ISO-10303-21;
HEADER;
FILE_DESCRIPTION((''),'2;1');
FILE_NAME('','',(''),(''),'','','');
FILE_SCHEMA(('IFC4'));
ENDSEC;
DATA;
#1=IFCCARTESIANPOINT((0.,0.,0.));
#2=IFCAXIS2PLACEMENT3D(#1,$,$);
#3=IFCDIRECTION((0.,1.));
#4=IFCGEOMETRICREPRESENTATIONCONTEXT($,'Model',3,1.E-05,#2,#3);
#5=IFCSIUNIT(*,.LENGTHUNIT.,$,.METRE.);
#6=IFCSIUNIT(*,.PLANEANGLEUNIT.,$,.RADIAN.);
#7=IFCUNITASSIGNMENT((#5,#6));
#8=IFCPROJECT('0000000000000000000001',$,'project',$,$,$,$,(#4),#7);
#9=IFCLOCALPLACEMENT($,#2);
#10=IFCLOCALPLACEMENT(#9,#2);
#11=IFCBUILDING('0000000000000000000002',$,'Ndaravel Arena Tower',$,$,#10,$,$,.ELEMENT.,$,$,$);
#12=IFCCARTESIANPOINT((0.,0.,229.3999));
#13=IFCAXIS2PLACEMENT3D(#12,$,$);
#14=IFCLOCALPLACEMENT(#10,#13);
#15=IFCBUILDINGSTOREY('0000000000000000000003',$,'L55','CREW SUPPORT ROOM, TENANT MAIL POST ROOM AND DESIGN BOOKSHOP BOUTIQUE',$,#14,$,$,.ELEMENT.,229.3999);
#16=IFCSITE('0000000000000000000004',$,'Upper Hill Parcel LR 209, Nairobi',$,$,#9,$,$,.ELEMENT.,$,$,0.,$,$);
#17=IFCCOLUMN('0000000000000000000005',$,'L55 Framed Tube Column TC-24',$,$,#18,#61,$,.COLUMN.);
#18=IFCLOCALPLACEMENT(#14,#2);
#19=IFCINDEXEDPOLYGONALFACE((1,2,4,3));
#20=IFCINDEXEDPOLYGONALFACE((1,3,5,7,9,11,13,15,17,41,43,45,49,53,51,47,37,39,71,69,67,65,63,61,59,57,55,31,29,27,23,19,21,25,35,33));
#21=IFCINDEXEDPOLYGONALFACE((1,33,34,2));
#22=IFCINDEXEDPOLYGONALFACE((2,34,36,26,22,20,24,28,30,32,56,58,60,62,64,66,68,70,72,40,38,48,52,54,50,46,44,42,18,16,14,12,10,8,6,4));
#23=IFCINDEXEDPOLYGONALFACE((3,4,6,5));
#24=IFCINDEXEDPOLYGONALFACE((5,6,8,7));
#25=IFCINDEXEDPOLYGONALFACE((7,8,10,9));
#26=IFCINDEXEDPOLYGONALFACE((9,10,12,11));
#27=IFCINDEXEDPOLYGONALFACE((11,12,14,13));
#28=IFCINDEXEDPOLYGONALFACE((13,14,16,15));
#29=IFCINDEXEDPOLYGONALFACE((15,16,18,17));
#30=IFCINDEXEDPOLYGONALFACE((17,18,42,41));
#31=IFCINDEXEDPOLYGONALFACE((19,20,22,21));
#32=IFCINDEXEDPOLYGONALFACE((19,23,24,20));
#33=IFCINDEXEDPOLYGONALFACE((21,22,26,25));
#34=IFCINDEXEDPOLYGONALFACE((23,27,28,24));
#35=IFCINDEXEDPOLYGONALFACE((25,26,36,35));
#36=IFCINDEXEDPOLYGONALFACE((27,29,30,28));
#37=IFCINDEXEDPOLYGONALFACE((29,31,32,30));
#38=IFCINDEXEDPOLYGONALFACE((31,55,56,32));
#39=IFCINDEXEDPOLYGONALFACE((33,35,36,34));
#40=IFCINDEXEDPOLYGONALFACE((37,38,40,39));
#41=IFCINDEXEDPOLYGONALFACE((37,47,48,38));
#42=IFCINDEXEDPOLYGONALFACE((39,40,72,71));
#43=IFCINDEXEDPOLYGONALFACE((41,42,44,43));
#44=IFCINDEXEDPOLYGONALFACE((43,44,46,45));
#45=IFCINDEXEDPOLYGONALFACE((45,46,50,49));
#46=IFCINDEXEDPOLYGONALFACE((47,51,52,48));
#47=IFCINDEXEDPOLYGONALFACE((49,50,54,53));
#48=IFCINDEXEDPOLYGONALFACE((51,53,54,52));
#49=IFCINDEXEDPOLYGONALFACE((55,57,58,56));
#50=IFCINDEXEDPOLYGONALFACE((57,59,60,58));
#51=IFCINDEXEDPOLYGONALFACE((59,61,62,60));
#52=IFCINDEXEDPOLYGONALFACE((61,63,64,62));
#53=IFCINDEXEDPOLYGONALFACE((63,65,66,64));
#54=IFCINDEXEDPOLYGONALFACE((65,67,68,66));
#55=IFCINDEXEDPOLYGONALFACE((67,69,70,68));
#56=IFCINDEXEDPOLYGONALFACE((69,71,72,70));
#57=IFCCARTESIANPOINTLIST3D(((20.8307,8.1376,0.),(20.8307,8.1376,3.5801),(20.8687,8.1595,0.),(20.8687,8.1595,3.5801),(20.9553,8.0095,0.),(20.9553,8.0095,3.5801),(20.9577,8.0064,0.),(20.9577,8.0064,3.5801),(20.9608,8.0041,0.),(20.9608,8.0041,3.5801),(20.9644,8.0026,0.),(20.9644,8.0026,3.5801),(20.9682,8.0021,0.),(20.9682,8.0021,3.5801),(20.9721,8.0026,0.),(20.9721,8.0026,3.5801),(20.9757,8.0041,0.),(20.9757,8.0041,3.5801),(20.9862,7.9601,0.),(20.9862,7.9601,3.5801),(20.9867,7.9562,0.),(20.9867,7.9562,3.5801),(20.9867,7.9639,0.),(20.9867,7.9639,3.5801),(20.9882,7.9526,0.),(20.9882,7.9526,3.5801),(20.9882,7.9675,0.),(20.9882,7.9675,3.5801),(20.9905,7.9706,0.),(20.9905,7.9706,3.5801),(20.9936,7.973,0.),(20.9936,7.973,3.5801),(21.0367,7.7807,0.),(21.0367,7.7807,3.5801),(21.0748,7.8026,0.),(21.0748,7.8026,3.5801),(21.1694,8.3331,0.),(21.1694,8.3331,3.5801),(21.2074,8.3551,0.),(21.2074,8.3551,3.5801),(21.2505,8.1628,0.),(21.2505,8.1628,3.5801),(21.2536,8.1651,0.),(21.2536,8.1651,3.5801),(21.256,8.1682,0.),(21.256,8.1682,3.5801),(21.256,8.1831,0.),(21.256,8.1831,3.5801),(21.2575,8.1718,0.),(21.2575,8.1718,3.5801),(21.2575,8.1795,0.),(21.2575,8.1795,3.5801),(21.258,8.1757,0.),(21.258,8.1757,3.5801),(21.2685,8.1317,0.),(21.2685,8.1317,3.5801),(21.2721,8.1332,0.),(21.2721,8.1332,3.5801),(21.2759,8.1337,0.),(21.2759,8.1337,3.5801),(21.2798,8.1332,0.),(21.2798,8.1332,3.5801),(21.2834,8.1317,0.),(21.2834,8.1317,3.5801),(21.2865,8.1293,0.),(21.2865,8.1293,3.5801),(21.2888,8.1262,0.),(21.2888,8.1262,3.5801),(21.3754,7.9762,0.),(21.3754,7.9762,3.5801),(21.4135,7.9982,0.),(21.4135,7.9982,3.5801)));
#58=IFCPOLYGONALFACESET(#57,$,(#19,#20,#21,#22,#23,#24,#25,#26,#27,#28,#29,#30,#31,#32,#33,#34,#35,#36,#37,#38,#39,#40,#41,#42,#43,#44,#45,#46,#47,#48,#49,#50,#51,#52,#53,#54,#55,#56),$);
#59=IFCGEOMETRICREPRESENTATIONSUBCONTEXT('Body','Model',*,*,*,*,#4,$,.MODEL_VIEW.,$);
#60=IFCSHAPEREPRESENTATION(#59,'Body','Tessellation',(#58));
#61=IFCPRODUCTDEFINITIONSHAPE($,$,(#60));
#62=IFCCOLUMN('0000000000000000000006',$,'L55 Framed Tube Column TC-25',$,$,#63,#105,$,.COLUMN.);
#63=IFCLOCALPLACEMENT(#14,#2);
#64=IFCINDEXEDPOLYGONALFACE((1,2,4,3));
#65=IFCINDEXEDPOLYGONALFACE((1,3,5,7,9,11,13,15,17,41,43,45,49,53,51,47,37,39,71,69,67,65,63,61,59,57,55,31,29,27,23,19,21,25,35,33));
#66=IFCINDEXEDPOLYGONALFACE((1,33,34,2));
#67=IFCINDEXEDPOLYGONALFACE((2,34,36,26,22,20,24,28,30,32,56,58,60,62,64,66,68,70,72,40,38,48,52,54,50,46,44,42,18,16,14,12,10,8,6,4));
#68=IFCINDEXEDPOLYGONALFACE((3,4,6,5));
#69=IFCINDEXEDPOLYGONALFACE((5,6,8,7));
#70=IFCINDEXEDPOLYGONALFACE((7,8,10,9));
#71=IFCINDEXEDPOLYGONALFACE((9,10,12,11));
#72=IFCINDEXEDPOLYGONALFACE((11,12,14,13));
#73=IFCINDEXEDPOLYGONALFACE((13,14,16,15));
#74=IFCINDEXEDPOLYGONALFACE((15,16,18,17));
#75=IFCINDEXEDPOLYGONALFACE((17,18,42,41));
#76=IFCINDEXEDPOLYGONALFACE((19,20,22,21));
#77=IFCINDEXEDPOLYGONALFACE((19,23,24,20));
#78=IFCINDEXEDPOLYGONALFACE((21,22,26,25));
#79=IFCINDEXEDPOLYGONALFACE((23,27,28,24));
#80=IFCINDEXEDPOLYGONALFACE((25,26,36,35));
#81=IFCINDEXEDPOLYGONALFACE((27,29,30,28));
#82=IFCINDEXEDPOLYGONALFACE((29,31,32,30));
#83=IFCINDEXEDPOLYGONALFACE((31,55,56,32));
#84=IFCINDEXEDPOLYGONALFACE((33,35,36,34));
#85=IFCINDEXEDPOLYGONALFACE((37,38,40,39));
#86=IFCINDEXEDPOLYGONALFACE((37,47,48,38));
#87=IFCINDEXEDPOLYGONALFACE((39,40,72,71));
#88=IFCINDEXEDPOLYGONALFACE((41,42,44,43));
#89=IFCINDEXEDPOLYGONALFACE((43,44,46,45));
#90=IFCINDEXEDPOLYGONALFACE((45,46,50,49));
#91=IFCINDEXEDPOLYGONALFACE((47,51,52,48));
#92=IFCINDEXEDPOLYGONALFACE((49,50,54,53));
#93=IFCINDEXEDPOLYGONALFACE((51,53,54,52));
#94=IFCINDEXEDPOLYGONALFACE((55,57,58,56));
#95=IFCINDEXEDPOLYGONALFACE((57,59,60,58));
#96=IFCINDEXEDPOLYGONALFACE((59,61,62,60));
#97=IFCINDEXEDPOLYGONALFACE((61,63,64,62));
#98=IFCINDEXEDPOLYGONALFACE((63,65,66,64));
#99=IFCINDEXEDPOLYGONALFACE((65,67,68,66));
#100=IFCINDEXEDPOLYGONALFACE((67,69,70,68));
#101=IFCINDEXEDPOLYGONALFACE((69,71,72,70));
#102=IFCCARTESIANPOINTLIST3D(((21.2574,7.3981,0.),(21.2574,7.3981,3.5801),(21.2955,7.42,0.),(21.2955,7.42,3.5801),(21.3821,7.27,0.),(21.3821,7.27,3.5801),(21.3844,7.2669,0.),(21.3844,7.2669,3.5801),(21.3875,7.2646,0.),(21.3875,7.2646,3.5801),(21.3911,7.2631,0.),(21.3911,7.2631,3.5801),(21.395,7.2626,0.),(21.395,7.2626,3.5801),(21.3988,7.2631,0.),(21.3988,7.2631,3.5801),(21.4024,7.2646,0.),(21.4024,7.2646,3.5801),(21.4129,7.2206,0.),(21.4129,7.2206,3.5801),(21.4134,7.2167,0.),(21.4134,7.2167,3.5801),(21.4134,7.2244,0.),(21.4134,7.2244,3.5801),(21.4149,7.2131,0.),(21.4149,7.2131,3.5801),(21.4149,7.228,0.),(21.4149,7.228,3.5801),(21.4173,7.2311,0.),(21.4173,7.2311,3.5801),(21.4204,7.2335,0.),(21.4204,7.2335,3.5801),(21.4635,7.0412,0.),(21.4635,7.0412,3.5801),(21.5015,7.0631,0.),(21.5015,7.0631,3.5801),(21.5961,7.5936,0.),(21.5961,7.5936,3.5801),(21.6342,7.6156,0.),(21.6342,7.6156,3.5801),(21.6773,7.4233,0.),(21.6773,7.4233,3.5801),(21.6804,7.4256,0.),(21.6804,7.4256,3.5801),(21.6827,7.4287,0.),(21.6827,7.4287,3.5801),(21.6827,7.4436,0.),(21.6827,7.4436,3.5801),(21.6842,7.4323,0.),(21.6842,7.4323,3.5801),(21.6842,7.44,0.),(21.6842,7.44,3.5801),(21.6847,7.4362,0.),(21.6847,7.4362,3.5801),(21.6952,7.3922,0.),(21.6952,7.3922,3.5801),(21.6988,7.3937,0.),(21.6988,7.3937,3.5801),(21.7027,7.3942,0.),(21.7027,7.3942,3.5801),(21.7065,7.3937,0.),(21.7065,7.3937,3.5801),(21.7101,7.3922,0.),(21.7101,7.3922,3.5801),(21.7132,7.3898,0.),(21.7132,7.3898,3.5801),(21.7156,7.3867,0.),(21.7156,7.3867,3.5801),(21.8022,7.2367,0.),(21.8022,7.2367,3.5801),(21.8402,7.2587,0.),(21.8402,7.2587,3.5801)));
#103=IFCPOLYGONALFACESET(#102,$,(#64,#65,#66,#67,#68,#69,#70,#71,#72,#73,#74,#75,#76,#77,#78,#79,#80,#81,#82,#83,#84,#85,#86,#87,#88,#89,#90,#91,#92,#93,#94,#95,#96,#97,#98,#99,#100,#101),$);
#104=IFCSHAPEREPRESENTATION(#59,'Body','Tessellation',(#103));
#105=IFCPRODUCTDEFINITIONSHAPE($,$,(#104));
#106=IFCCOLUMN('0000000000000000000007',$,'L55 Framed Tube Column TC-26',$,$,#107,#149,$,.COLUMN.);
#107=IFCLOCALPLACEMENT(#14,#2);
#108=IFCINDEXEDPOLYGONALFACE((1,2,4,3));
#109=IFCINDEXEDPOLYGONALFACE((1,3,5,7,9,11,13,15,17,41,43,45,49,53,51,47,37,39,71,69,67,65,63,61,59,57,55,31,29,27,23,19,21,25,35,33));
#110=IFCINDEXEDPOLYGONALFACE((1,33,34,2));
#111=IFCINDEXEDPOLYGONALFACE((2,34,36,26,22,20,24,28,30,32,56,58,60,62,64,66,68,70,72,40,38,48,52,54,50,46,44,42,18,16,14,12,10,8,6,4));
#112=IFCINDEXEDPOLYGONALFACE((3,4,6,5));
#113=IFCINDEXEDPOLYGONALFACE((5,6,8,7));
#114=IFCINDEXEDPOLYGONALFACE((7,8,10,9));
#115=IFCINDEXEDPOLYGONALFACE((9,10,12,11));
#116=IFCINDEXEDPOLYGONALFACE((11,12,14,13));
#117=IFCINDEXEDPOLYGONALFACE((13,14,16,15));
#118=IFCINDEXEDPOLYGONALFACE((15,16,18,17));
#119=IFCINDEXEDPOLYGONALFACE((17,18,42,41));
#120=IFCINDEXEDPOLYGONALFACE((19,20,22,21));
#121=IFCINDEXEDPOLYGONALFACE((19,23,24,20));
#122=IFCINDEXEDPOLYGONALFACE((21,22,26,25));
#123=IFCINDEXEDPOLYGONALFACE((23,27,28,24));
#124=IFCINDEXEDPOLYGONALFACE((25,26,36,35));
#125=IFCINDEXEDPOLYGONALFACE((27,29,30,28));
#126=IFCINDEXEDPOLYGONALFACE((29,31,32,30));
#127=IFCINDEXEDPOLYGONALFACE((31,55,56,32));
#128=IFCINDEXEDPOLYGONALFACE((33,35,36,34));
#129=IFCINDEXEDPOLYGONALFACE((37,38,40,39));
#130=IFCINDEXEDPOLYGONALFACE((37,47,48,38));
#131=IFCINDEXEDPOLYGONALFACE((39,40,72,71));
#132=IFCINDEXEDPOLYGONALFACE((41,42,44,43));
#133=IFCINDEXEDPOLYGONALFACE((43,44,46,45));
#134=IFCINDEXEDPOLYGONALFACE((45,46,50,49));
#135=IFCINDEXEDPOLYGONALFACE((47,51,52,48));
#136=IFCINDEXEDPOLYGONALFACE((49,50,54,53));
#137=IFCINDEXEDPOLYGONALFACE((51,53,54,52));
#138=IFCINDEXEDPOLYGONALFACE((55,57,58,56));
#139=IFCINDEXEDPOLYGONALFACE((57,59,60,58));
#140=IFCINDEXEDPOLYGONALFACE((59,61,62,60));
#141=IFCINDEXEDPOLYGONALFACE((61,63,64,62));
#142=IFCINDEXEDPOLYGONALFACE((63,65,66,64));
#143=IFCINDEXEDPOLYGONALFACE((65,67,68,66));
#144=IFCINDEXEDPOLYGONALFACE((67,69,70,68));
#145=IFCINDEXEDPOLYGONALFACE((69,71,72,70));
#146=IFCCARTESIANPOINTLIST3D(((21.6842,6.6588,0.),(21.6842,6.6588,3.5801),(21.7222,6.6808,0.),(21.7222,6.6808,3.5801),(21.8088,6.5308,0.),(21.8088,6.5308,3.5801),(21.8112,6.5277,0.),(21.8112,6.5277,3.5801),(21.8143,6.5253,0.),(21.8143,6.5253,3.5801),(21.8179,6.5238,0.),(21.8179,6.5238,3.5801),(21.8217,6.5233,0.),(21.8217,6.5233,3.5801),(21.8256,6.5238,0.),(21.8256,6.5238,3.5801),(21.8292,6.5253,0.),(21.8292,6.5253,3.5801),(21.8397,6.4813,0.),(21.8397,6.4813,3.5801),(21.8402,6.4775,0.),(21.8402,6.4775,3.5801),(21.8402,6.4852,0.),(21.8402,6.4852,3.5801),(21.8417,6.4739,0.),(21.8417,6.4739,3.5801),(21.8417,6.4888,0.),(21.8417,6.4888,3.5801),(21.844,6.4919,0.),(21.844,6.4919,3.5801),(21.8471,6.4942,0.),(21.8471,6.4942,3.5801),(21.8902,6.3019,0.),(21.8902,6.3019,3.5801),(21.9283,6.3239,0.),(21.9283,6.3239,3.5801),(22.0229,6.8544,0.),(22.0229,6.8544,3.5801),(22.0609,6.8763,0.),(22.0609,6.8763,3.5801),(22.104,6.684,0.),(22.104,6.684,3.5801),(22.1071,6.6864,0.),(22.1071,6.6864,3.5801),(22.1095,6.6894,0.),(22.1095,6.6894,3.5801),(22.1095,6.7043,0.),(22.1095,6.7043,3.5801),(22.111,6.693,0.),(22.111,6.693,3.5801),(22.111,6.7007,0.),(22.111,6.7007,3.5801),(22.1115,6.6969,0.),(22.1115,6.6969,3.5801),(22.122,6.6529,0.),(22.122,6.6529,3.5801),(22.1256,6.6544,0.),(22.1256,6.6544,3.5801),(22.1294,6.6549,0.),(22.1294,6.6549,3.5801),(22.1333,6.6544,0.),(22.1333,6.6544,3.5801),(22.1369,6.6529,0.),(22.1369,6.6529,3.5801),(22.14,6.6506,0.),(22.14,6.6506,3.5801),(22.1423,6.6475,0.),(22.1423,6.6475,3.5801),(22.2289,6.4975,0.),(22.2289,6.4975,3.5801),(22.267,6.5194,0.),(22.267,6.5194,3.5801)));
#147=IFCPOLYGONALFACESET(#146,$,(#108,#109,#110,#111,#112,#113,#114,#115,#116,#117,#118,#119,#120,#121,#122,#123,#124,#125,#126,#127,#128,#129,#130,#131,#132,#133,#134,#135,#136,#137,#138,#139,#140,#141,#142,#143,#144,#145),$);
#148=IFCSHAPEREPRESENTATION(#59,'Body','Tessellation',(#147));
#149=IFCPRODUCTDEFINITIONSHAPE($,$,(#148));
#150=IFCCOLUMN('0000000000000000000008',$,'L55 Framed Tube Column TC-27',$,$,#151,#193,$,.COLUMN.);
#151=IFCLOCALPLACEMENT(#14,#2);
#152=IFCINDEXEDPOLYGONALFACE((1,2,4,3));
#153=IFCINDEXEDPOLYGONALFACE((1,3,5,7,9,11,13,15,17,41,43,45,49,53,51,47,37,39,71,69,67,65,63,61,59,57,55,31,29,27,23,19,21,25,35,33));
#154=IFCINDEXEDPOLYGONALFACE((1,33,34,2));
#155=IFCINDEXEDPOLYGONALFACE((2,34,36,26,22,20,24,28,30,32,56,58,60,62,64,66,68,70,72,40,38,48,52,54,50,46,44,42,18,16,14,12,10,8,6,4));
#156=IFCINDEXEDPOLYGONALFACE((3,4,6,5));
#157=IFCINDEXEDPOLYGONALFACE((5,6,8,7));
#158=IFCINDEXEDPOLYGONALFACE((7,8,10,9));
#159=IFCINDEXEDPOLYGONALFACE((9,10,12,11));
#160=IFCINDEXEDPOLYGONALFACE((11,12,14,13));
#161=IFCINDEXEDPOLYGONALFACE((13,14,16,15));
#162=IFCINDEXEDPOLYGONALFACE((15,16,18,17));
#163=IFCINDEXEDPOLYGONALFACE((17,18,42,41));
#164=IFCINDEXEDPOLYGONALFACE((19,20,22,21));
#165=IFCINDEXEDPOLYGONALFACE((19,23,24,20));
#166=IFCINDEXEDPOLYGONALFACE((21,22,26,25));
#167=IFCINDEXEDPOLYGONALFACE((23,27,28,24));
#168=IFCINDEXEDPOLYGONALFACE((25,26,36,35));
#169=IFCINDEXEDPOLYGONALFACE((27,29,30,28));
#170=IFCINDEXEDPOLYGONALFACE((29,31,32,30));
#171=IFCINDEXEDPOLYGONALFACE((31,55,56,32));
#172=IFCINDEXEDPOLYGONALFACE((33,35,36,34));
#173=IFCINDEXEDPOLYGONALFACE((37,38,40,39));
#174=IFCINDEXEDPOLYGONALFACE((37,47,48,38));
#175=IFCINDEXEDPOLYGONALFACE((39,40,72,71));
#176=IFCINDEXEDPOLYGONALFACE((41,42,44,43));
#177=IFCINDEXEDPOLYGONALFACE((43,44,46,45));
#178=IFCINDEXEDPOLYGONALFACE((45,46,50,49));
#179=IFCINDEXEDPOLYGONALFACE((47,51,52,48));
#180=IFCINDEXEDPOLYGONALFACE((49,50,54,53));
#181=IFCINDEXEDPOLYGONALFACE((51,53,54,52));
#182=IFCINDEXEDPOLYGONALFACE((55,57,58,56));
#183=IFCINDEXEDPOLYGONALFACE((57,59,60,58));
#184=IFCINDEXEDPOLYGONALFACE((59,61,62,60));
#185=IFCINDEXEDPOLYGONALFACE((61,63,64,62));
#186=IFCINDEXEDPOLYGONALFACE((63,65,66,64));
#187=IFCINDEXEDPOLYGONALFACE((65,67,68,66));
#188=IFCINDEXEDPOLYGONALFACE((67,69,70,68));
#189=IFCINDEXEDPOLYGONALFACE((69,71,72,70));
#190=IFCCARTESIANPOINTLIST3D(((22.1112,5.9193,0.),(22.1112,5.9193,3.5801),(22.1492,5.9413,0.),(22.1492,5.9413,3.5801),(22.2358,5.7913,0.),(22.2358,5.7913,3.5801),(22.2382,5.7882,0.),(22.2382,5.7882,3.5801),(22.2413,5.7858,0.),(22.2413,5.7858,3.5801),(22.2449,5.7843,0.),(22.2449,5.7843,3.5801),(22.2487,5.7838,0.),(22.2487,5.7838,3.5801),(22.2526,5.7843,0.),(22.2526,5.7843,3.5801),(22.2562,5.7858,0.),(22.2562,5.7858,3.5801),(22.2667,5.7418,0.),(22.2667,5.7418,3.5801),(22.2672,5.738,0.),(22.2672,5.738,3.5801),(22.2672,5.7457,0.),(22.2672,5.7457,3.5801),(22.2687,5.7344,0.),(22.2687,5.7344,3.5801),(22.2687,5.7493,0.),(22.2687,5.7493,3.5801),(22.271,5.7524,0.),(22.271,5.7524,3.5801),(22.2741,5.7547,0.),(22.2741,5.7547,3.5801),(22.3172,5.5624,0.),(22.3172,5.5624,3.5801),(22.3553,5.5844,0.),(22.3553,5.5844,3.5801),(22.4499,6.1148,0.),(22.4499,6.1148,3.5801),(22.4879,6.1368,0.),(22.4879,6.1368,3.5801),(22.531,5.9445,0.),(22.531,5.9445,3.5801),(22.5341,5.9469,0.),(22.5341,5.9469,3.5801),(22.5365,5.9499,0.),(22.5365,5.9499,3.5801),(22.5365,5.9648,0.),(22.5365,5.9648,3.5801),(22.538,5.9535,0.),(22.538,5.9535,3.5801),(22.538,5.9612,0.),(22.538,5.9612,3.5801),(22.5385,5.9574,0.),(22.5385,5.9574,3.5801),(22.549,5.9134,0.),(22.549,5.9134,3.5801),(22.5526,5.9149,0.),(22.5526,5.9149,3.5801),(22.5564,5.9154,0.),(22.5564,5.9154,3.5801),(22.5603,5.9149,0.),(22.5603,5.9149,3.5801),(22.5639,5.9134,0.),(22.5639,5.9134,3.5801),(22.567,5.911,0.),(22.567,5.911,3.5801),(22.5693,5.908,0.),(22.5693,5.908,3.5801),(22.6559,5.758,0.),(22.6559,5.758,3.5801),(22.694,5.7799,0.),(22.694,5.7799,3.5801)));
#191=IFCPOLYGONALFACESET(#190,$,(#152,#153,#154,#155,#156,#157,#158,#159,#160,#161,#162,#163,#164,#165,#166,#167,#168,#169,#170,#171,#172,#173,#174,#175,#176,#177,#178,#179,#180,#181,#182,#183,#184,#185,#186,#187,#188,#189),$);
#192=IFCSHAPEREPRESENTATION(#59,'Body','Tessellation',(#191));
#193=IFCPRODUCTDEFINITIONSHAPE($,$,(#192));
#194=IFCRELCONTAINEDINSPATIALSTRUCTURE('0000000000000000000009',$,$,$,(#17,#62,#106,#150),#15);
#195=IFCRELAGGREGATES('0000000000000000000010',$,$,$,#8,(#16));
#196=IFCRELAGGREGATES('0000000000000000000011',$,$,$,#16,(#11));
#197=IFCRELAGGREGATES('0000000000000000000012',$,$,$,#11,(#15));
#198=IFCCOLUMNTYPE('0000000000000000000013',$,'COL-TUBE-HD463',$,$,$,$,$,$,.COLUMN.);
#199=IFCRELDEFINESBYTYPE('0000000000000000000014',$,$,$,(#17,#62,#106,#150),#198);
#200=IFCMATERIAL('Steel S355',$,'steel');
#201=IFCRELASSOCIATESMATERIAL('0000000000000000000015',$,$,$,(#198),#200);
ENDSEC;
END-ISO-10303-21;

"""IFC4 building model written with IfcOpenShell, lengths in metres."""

from ifc_helpers import new_model, si_unit, direction, frame, origin, origin_2d, place, context, subcontext, project, spatial, i_section, extrude, material, material_profile, profile_set, type_object, element, save


model = new_model("IFC4")

# Units and contexts
model_context = context("Model", 3, precision=1e-05, world=origin(), true_north=direction((0.0, 1.0)))
body_context = subcontext(model_context, "Body", "Model", "MODEL_VIEW")
ifc_project = project(units=[si_unit("LENGTHUNIT", "METRE"), si_unit("PLANEANGLEUNIT", "RADIAN")], contexts=[model_context])

# Site, building, storey
site_placement = place(None, origin())
site = spatial("IfcSite", under=ifc_project, at=site_placement, Name="Upper Hill Parcel LR 209, Nairobi", CompositionType="ELEMENT", RefElevation=0.0)
building_placement = place(site_placement, origin())
building = spatial("IfcBuilding", under=site, at=building_placement, Name="Ndaravel Arena Tower", CompositionType="ELEMENT")
storey_placement = place(building_placement, frame((0.0, 0.0, 229.3999)))
storey = spatial("IfcBuildingStorey", under=building, at=storey_placement, Name="L55", Description="CREW SUPPORT ROOM, TENANT MAIL POST ROOM AND DESIGN BOOKSHOP BOUTIQUE", CompositionType="ELEMENT", Elevation=229.3999)

# Columns
ifc_material_1 = material(Name="Steel S355", Category="steel")
ifc_material_profile_1 = material_profile(ifc_material_1, i_section(OverallWidth=0.4121, OverallDepth=0.4351, WebThickness=0.0359, FlangeThickness=0.0439, FilletRadius=0.0149, at=origin_2d()), Name="HD 400x463")
ifc_profile_set_1 = profile_set([ifc_material_profile_1], Name="Steel S355")
column_type = type_object("IfcColumnType", Name="COL-TUBE-HD463", PredefinedType="COLUMN", material=ifc_profile_set_1)
for number, where, z_axis, x_axis, name in (
    (1, (21.1221, 8.0679, 0.0), (0.0, 0.0, 1.0), (-0.5, 0.866025, 0.0), "L55 Framed Tube Column TC-24"),
    (2, (21.5488, 7.3284, 0.0), (0.0, 0.0, 1.0), (-0.5, 0.866025, 0.0), "L55 Framed Tube Column TC-25"),
    (3, (21.9756, 6.5891, 0.0), (0.0, 0.0, 1.0), (-0.5, 0.866025, 0.0), "L55 Framed Tube Column TC-26"),
    (4, (22.4026, 5.8496, 0.0), (0.0, 0.0, 1.0), (-0.5, 0.866025, 0.0), "L55 Framed Tube Column TC-27"),
):
    element("IfcColumn", number, at=place(storey_placement, frame(where, z_axis=z_axis, x_axis=x_axis)), inside=storey, type_object=column_type, Name=name, PredefinedType="COLUMN", context=body_context, shape_type="SweptSolid", body=[
        extrude(i_section(OverallWidth=0.4121, OverallDepth=0.4351, WebThickness=0.0359, FlangeThickness=0.0439, FilletRadius=0.0149, at=origin_2d()), origin(), (0.0, 0.0, 1.0), 3.5801),
    ])

save(model, "model.ifc")
